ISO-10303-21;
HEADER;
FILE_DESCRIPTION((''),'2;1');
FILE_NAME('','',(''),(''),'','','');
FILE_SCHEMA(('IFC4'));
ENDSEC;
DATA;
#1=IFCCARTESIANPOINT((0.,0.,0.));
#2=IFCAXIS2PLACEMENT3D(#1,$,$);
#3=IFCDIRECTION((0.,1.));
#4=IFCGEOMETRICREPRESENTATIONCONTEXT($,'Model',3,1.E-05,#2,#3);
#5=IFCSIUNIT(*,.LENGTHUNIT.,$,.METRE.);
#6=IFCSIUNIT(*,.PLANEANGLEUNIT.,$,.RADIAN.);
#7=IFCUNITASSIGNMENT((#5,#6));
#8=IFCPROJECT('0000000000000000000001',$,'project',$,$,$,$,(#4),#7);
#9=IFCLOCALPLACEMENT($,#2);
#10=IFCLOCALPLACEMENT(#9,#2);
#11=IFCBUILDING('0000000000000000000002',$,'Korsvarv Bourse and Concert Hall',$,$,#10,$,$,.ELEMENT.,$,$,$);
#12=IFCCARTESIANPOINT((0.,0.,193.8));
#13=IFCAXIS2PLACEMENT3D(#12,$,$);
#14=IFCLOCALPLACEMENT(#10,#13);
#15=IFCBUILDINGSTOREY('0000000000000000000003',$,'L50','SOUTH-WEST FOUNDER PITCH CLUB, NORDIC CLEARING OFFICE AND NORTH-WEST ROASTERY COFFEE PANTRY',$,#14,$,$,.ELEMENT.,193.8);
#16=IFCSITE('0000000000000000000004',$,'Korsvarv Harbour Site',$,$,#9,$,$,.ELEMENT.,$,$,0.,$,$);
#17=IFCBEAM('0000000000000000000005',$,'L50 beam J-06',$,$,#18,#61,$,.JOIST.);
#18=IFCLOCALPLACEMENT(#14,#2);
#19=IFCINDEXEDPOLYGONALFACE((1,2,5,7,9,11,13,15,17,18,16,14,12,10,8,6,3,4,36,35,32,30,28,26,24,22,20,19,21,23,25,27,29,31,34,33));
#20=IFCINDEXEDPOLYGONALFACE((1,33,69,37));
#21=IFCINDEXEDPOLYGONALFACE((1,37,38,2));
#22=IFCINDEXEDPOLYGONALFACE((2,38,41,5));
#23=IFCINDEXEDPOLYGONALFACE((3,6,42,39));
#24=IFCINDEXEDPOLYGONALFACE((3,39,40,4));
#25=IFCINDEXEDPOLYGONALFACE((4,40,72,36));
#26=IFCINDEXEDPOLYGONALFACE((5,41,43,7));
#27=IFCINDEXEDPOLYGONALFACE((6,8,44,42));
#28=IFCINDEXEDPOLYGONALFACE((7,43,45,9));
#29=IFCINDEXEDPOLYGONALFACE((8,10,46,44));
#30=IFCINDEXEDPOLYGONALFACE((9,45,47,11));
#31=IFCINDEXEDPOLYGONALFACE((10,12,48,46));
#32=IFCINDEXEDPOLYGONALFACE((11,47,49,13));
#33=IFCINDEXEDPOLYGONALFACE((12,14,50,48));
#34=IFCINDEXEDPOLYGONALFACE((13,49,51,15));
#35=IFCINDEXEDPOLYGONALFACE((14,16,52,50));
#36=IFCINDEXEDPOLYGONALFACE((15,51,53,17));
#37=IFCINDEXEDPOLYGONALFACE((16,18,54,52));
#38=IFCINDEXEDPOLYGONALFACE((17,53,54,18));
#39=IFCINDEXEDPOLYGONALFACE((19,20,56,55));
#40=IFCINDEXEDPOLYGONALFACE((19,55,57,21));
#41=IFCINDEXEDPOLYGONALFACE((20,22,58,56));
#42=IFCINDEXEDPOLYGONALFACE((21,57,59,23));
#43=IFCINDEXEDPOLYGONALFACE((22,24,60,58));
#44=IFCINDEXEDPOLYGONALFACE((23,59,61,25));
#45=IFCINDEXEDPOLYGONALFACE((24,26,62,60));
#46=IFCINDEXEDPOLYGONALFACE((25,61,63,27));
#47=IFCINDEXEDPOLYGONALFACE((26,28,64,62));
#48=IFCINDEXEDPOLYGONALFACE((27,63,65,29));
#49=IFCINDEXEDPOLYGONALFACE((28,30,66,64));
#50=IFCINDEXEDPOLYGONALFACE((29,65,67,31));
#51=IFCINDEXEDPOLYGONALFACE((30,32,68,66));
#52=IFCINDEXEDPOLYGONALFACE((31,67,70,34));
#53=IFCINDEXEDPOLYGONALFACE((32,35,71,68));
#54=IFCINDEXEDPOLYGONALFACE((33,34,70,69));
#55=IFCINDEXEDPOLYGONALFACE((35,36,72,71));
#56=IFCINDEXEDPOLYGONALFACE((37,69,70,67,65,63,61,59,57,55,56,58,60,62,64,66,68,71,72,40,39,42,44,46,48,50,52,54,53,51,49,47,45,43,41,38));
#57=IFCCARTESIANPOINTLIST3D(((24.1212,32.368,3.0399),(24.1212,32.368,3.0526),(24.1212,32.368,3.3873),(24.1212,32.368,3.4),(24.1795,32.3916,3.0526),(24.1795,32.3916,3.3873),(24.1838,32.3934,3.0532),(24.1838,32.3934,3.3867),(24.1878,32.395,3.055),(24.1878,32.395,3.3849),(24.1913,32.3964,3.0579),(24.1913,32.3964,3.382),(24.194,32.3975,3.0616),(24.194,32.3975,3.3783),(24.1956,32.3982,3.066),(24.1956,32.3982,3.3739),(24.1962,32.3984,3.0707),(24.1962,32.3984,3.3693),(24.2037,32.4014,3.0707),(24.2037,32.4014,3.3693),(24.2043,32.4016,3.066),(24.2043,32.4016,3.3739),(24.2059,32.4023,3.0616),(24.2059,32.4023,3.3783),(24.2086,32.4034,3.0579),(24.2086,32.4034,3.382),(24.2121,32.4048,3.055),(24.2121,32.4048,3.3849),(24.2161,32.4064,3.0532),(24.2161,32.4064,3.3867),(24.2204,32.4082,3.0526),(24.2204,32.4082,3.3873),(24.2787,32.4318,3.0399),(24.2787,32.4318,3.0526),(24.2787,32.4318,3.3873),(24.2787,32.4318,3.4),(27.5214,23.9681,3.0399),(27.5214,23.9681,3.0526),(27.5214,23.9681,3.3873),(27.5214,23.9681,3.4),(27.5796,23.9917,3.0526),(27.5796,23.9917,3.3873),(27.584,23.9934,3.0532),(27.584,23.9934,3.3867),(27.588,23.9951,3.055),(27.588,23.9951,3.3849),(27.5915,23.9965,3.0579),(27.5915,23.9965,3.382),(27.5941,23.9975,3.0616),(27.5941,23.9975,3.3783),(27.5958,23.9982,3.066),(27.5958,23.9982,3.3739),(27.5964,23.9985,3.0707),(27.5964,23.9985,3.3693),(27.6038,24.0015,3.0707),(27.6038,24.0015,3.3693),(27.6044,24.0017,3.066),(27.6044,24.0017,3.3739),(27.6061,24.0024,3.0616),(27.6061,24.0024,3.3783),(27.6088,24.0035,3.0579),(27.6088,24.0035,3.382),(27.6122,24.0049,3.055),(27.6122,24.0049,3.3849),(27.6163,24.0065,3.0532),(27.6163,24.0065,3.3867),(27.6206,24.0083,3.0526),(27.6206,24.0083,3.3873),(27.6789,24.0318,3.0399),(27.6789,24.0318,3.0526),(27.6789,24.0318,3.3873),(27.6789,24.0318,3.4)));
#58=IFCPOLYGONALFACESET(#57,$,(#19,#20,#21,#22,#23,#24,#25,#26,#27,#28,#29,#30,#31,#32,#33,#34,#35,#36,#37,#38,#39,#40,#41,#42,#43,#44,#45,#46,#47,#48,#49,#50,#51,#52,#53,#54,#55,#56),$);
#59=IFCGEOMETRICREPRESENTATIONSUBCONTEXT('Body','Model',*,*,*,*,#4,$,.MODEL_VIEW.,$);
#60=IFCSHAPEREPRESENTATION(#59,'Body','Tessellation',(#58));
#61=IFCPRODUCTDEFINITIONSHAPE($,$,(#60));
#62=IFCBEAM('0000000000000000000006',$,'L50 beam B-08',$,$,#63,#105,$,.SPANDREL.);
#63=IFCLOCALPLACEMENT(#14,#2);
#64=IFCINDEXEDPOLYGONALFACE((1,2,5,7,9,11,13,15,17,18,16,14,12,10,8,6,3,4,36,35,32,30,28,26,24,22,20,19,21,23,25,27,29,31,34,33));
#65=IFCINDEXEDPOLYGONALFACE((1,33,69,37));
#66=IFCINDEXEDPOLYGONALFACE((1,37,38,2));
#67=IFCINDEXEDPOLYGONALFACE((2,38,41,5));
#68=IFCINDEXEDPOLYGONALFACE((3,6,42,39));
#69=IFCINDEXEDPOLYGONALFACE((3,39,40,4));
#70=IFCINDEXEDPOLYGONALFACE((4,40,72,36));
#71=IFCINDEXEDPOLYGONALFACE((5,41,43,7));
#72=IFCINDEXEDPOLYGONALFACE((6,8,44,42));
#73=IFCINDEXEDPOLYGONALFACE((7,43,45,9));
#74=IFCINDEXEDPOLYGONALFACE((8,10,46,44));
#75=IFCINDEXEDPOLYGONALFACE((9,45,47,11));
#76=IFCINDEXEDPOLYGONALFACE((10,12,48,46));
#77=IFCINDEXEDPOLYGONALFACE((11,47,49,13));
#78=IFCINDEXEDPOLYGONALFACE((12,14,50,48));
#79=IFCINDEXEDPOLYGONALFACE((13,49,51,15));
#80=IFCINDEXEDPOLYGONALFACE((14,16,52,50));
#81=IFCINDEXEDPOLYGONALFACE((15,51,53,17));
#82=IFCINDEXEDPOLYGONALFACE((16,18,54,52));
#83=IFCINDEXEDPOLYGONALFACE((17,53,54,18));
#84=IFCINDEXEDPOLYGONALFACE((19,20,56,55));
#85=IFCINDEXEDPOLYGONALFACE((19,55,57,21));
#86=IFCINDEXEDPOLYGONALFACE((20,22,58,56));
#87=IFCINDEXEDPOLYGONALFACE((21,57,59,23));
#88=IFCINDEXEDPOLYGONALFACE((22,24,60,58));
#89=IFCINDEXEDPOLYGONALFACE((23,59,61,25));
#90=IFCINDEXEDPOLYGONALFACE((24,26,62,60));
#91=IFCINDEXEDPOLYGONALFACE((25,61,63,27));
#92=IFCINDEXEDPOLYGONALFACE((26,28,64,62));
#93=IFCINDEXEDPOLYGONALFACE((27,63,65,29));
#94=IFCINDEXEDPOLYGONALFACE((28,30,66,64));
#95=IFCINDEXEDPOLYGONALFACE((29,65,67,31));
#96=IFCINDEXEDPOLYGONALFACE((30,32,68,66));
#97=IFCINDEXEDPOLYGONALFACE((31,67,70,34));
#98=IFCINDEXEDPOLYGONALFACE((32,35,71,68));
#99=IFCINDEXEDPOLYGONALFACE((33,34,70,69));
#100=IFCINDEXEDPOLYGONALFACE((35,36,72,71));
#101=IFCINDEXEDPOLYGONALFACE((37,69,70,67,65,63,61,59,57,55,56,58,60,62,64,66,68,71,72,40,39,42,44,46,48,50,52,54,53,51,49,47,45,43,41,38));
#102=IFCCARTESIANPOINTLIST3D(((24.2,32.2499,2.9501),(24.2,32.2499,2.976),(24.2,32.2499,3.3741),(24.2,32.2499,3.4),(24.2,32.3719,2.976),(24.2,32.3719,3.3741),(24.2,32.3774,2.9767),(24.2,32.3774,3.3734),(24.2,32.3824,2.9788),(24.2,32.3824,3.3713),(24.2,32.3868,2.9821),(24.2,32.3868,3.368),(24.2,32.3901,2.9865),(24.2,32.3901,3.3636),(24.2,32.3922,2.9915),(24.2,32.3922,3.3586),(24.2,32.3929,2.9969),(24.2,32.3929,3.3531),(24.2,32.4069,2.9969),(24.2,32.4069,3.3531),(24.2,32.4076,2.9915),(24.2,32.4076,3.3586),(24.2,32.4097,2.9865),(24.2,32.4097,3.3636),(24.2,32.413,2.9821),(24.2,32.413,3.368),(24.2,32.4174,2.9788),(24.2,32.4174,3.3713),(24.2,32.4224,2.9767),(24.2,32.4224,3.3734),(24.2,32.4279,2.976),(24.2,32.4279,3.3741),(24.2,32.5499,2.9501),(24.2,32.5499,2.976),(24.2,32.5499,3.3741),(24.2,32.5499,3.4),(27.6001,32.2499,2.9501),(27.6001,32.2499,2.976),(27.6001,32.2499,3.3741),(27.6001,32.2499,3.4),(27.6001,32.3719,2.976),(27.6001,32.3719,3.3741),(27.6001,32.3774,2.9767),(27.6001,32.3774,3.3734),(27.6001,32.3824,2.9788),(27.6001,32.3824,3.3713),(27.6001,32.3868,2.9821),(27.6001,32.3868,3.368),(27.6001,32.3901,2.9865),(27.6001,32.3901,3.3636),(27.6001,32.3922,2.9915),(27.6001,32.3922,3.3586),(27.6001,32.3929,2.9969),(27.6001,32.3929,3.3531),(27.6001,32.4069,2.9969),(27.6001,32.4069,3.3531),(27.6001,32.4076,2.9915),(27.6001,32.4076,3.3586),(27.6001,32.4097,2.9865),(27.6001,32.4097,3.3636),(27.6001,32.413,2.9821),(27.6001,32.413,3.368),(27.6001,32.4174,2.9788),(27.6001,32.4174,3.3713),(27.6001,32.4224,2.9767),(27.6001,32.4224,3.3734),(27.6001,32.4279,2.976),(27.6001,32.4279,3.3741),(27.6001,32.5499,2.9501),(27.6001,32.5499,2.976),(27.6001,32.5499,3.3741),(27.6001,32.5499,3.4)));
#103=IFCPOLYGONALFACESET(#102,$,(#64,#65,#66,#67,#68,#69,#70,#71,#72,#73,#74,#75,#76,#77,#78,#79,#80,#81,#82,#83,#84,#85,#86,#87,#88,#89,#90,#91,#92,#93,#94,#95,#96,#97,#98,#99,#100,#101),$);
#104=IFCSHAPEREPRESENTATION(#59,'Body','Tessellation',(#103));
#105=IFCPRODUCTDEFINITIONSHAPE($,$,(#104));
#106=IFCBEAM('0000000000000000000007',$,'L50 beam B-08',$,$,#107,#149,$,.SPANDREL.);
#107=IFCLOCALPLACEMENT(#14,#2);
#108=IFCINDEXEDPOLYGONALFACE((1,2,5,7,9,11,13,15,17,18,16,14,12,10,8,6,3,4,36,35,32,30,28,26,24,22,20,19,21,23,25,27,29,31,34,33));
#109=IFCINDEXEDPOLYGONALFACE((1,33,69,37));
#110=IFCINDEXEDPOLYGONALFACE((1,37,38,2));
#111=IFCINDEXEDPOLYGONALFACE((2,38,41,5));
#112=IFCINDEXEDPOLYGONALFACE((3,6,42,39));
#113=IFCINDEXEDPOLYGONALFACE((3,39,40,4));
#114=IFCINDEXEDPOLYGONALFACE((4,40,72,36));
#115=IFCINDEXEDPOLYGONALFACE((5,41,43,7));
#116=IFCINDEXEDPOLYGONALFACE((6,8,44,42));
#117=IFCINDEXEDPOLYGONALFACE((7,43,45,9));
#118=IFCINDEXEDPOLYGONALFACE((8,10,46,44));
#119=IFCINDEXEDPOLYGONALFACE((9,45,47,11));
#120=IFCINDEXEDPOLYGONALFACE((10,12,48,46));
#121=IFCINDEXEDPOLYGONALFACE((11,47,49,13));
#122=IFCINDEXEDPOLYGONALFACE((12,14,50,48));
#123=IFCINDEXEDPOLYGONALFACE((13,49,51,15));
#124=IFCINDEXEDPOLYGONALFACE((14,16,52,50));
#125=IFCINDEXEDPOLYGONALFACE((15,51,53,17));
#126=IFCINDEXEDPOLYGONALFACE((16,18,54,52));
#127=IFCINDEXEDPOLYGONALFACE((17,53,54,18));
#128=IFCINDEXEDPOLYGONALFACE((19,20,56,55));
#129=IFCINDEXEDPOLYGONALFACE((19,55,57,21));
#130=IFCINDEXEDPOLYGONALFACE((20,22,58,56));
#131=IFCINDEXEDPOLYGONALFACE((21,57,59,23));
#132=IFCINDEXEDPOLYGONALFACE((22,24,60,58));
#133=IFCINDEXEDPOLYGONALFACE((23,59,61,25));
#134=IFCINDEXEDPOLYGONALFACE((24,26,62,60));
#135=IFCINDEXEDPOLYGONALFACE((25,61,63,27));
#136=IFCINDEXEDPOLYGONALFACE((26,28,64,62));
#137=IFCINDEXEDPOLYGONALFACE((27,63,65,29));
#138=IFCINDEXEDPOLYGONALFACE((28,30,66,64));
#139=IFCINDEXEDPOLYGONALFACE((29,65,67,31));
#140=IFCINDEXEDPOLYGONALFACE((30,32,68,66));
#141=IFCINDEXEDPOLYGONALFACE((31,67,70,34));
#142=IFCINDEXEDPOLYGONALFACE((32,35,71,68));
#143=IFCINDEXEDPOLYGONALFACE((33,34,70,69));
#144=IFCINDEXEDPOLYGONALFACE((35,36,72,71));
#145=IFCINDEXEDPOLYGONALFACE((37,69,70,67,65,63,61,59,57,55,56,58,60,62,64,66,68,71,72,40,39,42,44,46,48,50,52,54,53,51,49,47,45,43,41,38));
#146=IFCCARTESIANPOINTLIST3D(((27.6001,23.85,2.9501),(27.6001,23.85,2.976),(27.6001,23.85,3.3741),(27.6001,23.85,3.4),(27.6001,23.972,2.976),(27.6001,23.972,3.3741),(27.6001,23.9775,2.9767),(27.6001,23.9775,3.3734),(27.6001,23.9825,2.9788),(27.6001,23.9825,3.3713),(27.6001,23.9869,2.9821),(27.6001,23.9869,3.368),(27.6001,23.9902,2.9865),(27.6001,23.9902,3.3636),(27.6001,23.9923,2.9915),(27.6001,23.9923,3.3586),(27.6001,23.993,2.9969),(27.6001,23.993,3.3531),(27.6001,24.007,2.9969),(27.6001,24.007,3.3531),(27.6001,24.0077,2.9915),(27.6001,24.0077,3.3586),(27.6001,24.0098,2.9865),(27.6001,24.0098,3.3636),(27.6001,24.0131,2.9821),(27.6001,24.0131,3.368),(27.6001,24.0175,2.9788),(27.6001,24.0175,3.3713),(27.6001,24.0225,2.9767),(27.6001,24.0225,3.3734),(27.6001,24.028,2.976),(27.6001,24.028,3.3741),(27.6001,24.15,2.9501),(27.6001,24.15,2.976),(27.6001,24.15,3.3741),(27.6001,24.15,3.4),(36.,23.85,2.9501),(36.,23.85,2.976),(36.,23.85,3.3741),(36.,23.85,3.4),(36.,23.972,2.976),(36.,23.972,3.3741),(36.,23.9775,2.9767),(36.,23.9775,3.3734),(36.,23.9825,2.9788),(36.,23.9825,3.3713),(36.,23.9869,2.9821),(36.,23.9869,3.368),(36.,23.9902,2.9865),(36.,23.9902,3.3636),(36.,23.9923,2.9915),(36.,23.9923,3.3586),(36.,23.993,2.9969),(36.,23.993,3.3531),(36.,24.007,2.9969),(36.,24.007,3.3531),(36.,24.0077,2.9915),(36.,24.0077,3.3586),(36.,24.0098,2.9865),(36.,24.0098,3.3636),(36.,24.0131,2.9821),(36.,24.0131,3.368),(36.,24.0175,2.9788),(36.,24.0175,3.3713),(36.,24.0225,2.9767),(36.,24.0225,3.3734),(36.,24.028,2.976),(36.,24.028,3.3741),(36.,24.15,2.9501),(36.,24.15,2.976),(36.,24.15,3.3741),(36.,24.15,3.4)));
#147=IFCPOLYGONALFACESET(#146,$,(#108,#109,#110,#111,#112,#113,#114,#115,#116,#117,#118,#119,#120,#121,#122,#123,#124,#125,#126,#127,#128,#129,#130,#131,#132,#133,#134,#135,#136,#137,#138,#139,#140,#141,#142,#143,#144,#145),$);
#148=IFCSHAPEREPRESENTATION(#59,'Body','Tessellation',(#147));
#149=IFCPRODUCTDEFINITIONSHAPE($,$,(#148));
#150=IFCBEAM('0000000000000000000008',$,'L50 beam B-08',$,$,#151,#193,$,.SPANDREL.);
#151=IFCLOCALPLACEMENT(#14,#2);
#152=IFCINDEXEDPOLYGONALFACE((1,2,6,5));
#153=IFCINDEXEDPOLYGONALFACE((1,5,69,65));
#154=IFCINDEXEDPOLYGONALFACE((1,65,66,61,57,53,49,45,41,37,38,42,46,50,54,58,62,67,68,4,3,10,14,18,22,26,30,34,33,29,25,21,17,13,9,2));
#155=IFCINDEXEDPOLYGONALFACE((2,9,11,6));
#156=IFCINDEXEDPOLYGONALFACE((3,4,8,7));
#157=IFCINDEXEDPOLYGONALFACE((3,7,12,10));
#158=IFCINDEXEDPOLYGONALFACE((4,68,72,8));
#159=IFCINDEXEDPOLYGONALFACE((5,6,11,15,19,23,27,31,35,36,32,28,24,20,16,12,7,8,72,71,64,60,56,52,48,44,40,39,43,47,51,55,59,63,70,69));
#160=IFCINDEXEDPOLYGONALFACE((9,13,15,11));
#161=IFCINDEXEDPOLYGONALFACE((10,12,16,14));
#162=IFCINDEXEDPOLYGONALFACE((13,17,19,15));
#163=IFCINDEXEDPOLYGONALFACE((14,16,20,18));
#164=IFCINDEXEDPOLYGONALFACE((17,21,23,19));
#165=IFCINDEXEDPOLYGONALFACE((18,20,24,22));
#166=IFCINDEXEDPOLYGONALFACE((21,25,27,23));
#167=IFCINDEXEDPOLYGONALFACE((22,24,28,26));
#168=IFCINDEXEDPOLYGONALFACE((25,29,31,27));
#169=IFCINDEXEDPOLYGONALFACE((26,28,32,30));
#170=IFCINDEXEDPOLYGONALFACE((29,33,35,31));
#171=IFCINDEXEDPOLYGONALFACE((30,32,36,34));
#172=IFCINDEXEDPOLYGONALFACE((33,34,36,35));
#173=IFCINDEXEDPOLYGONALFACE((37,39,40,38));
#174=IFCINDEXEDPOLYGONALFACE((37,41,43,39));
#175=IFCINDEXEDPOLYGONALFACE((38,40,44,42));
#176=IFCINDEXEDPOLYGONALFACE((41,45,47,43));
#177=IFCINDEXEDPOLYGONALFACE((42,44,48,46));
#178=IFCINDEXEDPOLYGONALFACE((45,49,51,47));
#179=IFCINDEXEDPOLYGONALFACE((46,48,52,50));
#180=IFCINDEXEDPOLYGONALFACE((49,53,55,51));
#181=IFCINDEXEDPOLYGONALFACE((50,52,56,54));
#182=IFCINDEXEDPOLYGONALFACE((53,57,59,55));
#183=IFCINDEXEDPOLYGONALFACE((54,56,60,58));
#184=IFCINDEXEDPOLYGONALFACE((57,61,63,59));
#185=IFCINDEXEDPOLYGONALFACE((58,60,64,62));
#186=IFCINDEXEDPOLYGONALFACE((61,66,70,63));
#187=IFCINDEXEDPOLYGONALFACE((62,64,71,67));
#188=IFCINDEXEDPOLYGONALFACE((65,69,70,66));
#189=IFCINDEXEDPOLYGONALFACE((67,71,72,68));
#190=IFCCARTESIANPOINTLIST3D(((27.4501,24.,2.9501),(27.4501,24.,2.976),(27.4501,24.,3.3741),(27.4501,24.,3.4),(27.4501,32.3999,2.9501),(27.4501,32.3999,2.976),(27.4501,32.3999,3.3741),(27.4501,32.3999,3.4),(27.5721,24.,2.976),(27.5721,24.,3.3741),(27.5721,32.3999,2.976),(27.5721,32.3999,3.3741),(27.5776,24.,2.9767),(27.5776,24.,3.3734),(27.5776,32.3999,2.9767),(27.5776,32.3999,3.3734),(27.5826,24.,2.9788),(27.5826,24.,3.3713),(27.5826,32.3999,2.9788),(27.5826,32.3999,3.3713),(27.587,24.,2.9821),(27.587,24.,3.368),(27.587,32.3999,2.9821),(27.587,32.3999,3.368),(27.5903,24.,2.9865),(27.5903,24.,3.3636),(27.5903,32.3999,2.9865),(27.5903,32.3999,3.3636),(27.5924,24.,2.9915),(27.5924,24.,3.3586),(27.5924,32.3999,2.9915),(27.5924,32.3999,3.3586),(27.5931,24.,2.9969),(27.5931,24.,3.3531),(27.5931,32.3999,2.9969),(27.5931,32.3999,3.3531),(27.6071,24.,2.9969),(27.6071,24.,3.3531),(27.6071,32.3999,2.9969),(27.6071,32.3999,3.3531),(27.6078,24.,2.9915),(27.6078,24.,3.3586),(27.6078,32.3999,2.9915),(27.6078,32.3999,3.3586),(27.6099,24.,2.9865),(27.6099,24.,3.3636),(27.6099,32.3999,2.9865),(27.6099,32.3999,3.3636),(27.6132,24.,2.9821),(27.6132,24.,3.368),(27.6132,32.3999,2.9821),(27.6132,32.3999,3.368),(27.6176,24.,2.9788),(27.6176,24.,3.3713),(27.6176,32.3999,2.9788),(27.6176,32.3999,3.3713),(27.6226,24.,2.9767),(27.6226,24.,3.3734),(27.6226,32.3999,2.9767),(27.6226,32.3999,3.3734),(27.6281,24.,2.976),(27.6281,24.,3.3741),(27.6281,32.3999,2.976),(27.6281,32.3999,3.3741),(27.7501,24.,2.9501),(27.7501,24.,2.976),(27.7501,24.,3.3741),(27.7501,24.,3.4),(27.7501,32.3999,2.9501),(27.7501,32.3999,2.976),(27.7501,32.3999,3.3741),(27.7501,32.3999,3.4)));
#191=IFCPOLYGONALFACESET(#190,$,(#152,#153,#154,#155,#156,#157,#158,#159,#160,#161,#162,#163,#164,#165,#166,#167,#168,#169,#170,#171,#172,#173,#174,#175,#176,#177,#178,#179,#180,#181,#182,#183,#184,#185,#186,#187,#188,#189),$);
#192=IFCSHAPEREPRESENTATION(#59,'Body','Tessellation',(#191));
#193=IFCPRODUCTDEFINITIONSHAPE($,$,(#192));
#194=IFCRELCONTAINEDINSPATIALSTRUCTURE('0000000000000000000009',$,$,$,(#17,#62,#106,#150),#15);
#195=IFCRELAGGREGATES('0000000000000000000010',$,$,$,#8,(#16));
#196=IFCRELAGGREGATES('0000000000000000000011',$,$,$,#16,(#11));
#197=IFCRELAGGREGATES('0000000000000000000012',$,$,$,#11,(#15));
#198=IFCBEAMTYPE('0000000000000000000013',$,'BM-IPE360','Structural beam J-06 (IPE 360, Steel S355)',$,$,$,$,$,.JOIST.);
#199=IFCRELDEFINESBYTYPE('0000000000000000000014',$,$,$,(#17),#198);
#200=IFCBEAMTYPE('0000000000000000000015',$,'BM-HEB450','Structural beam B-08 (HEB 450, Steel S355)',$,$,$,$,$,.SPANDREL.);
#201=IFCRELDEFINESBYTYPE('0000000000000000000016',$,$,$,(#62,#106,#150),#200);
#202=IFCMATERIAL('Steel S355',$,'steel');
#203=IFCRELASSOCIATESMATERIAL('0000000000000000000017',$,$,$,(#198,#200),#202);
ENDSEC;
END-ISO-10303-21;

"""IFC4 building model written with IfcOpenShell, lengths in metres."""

from ifc_helpers import new_model, si_unit, direction, frame, origin, origin_2d, place, context, subcontext, project, spatial, i_section, extrude, source, transform, mapped, material, material_profile, profile_set, type_object, element, save


model = new_model("IFC4")

# Units and contexts
model_context = context("Model", 3, precision=1e-05, world=origin(), true_north=direction((0.0, 1.0)))
body_context = subcontext(model_context, "Body", "Model", "MODEL_VIEW")
ifc_project = project(units=[si_unit("LENGTHUNIT", "METRE"), si_unit("PLANEANGLEUNIT", "RADIAN")], contexts=[model_context])

# Site, building, storey
site_placement = place(None, origin())
site = spatial("IfcSite", under=ifc_project, at=site_placement, Name="Korsvarv Harbour Site", CompositionType="ELEMENT", RefElevation=0.0)
building_placement = place(site_placement, origin())
building = spatial("IfcBuilding", under=site, at=building_placement, Name="Korsvarv Bourse and Concert Hall", CompositionType="ELEMENT")
storey_placement = place(building_placement, frame((0.0, 0.0, 193.8)))
storey = spatial("IfcBuildingStorey", under=building, at=storey_placement, Name="L50", Description="SOUTH-WEST FOUNDER PITCH CLUB, NORDIC CLEARING OFFICE AND NORTH-WEST ROASTERY COFFEE PANTRY", CompositionType="ELEMENT", Elevation=193.8)

# Shared definitions
ifc_material_1 = material(Name="Steel S355", Category="steel")

# Beams
ifc_material_profile_1 = material_profile(ifc_material_1, i_section(OverallWidth=0.1699, OverallDepth=0.3601, WebThickness=0.0081, FlangeThickness=0.0127, FilletRadius=0.0181, at=origin_2d()), Name="IPE 360")
ifc_profile_set_1 = profile_set([ifc_material_profile_1], Name="Steel S355")
beam_type_1 = type_object("IfcBeamType", Name="BM-IPE360", Description="Structural beam J-06 (IPE 360, Steel S355)", PredefinedType="JOIST", material=ifc_profile_set_1)
shared_shape_1 = source(origin(), body_context, "Body", "SweptSolid", [
    extrude(i_section(OverallWidth=0.1699, OverallDepth=0.3601, WebThickness=0.0081, FlangeThickness=0.0127, FilletRadius=0.0181, at=origin_2d()), origin(), (0.0, 0.0, 1.0), 9.062),
])
beam_1_placement = place(storey_placement, frame((24.2, 32.3999, 3.22), z_axis=(0.37521, -0.92694, 0.0), x_axis=(0.92694, 0.37521, 0.0)))
element("IfcBeam", 1, at=beam_1_placement, inside=storey, type_object=beam_type_1, Name="L50 beam J-06", PredefinedType="JOIST", context=body_context, shape_type="MappedRepresentation", body=[
    mapped(shared_shape_1, transform((0.0, 0.0, 0.0), scale=1.0)),
])
ifc_material_profile_2 = material_profile(ifc_material_1, i_section(OverallWidth=0.3, OverallDepth=0.45, WebThickness=0.0139, FlangeThickness=0.0259, FilletRadius=0.021, at=origin_2d()), Name="HEB 450")
ifc_profile_set_2 = profile_set([ifc_material_profile_2], Name="Steel S355")
beam_type_2 = type_object("IfcBeamType", Name="BM-HEB450", Description="Structural beam B-08 (HEB 450, Steel S355)", PredefinedType="SPANDREL", material=ifc_profile_set_2)
shared_shape_2 = source(origin(), body_context, "Body", "SweptSolid", [
    extrude(i_section(OverallWidth=0.3, OverallDepth=0.45, WebThickness=0.0139, FlangeThickness=0.0259, FilletRadius=0.021, at=origin_2d()), origin(), (0.0, 0.0, 1.0), 3.4001),
])
beam_2_placement = place(storey_placement, frame((24.2, 32.3999, 3.175), z_axis=(1.0, 0.0, 0.0), x_axis=(0.0, 1.0, 0.0)))
element("IfcBeam", 2, at=beam_2_placement, inside=storey, type_object=beam_type_2, Name="L50 beam B-08", PredefinedType="SPANDREL", context=body_context, shape_type="MappedRepresentation", body=[
    mapped(shared_shape_2, transform((0.0, 0.0, 0.0), scale=1.0)),
])
shared_shape_3 = source(origin(), body_context, "Body", "SweptSolid", [
    extrude(i_section(OverallWidth=0.3, OverallDepth=0.45, WebThickness=0.0139, FlangeThickness=0.0259, FilletRadius=0.021, at=origin_2d()), origin(), (0.0, 0.0, 1.0), 8.3999),
])
for number, where, z_axis, x_axis, name in (
    (3, (27.6001, 24.0, 3.175), (1.0, 0.0, 0.0), (0.0, 1.0, 0.0), "L50 beam B-08"),
    (4, (27.6001, 24.0, 3.175), (0.0, 1.0, 0.0), (-1.0, 0.0, 0.0), "L50 beam B-08"),
):
    element("IfcBeam", number, at=place(storey_placement, frame(where, z_axis=z_axis, x_axis=x_axis)), inside=storey, type_object=beam_type_2, Name=name, PredefinedType="SPANDREL", context=body_context, shape_type="MappedRepresentation", body=[
        mapped(shared_shape_3, transform((0.0, 0.0, 0.0), scale=1.0)),
    ])

save(model, "model.ifc")
